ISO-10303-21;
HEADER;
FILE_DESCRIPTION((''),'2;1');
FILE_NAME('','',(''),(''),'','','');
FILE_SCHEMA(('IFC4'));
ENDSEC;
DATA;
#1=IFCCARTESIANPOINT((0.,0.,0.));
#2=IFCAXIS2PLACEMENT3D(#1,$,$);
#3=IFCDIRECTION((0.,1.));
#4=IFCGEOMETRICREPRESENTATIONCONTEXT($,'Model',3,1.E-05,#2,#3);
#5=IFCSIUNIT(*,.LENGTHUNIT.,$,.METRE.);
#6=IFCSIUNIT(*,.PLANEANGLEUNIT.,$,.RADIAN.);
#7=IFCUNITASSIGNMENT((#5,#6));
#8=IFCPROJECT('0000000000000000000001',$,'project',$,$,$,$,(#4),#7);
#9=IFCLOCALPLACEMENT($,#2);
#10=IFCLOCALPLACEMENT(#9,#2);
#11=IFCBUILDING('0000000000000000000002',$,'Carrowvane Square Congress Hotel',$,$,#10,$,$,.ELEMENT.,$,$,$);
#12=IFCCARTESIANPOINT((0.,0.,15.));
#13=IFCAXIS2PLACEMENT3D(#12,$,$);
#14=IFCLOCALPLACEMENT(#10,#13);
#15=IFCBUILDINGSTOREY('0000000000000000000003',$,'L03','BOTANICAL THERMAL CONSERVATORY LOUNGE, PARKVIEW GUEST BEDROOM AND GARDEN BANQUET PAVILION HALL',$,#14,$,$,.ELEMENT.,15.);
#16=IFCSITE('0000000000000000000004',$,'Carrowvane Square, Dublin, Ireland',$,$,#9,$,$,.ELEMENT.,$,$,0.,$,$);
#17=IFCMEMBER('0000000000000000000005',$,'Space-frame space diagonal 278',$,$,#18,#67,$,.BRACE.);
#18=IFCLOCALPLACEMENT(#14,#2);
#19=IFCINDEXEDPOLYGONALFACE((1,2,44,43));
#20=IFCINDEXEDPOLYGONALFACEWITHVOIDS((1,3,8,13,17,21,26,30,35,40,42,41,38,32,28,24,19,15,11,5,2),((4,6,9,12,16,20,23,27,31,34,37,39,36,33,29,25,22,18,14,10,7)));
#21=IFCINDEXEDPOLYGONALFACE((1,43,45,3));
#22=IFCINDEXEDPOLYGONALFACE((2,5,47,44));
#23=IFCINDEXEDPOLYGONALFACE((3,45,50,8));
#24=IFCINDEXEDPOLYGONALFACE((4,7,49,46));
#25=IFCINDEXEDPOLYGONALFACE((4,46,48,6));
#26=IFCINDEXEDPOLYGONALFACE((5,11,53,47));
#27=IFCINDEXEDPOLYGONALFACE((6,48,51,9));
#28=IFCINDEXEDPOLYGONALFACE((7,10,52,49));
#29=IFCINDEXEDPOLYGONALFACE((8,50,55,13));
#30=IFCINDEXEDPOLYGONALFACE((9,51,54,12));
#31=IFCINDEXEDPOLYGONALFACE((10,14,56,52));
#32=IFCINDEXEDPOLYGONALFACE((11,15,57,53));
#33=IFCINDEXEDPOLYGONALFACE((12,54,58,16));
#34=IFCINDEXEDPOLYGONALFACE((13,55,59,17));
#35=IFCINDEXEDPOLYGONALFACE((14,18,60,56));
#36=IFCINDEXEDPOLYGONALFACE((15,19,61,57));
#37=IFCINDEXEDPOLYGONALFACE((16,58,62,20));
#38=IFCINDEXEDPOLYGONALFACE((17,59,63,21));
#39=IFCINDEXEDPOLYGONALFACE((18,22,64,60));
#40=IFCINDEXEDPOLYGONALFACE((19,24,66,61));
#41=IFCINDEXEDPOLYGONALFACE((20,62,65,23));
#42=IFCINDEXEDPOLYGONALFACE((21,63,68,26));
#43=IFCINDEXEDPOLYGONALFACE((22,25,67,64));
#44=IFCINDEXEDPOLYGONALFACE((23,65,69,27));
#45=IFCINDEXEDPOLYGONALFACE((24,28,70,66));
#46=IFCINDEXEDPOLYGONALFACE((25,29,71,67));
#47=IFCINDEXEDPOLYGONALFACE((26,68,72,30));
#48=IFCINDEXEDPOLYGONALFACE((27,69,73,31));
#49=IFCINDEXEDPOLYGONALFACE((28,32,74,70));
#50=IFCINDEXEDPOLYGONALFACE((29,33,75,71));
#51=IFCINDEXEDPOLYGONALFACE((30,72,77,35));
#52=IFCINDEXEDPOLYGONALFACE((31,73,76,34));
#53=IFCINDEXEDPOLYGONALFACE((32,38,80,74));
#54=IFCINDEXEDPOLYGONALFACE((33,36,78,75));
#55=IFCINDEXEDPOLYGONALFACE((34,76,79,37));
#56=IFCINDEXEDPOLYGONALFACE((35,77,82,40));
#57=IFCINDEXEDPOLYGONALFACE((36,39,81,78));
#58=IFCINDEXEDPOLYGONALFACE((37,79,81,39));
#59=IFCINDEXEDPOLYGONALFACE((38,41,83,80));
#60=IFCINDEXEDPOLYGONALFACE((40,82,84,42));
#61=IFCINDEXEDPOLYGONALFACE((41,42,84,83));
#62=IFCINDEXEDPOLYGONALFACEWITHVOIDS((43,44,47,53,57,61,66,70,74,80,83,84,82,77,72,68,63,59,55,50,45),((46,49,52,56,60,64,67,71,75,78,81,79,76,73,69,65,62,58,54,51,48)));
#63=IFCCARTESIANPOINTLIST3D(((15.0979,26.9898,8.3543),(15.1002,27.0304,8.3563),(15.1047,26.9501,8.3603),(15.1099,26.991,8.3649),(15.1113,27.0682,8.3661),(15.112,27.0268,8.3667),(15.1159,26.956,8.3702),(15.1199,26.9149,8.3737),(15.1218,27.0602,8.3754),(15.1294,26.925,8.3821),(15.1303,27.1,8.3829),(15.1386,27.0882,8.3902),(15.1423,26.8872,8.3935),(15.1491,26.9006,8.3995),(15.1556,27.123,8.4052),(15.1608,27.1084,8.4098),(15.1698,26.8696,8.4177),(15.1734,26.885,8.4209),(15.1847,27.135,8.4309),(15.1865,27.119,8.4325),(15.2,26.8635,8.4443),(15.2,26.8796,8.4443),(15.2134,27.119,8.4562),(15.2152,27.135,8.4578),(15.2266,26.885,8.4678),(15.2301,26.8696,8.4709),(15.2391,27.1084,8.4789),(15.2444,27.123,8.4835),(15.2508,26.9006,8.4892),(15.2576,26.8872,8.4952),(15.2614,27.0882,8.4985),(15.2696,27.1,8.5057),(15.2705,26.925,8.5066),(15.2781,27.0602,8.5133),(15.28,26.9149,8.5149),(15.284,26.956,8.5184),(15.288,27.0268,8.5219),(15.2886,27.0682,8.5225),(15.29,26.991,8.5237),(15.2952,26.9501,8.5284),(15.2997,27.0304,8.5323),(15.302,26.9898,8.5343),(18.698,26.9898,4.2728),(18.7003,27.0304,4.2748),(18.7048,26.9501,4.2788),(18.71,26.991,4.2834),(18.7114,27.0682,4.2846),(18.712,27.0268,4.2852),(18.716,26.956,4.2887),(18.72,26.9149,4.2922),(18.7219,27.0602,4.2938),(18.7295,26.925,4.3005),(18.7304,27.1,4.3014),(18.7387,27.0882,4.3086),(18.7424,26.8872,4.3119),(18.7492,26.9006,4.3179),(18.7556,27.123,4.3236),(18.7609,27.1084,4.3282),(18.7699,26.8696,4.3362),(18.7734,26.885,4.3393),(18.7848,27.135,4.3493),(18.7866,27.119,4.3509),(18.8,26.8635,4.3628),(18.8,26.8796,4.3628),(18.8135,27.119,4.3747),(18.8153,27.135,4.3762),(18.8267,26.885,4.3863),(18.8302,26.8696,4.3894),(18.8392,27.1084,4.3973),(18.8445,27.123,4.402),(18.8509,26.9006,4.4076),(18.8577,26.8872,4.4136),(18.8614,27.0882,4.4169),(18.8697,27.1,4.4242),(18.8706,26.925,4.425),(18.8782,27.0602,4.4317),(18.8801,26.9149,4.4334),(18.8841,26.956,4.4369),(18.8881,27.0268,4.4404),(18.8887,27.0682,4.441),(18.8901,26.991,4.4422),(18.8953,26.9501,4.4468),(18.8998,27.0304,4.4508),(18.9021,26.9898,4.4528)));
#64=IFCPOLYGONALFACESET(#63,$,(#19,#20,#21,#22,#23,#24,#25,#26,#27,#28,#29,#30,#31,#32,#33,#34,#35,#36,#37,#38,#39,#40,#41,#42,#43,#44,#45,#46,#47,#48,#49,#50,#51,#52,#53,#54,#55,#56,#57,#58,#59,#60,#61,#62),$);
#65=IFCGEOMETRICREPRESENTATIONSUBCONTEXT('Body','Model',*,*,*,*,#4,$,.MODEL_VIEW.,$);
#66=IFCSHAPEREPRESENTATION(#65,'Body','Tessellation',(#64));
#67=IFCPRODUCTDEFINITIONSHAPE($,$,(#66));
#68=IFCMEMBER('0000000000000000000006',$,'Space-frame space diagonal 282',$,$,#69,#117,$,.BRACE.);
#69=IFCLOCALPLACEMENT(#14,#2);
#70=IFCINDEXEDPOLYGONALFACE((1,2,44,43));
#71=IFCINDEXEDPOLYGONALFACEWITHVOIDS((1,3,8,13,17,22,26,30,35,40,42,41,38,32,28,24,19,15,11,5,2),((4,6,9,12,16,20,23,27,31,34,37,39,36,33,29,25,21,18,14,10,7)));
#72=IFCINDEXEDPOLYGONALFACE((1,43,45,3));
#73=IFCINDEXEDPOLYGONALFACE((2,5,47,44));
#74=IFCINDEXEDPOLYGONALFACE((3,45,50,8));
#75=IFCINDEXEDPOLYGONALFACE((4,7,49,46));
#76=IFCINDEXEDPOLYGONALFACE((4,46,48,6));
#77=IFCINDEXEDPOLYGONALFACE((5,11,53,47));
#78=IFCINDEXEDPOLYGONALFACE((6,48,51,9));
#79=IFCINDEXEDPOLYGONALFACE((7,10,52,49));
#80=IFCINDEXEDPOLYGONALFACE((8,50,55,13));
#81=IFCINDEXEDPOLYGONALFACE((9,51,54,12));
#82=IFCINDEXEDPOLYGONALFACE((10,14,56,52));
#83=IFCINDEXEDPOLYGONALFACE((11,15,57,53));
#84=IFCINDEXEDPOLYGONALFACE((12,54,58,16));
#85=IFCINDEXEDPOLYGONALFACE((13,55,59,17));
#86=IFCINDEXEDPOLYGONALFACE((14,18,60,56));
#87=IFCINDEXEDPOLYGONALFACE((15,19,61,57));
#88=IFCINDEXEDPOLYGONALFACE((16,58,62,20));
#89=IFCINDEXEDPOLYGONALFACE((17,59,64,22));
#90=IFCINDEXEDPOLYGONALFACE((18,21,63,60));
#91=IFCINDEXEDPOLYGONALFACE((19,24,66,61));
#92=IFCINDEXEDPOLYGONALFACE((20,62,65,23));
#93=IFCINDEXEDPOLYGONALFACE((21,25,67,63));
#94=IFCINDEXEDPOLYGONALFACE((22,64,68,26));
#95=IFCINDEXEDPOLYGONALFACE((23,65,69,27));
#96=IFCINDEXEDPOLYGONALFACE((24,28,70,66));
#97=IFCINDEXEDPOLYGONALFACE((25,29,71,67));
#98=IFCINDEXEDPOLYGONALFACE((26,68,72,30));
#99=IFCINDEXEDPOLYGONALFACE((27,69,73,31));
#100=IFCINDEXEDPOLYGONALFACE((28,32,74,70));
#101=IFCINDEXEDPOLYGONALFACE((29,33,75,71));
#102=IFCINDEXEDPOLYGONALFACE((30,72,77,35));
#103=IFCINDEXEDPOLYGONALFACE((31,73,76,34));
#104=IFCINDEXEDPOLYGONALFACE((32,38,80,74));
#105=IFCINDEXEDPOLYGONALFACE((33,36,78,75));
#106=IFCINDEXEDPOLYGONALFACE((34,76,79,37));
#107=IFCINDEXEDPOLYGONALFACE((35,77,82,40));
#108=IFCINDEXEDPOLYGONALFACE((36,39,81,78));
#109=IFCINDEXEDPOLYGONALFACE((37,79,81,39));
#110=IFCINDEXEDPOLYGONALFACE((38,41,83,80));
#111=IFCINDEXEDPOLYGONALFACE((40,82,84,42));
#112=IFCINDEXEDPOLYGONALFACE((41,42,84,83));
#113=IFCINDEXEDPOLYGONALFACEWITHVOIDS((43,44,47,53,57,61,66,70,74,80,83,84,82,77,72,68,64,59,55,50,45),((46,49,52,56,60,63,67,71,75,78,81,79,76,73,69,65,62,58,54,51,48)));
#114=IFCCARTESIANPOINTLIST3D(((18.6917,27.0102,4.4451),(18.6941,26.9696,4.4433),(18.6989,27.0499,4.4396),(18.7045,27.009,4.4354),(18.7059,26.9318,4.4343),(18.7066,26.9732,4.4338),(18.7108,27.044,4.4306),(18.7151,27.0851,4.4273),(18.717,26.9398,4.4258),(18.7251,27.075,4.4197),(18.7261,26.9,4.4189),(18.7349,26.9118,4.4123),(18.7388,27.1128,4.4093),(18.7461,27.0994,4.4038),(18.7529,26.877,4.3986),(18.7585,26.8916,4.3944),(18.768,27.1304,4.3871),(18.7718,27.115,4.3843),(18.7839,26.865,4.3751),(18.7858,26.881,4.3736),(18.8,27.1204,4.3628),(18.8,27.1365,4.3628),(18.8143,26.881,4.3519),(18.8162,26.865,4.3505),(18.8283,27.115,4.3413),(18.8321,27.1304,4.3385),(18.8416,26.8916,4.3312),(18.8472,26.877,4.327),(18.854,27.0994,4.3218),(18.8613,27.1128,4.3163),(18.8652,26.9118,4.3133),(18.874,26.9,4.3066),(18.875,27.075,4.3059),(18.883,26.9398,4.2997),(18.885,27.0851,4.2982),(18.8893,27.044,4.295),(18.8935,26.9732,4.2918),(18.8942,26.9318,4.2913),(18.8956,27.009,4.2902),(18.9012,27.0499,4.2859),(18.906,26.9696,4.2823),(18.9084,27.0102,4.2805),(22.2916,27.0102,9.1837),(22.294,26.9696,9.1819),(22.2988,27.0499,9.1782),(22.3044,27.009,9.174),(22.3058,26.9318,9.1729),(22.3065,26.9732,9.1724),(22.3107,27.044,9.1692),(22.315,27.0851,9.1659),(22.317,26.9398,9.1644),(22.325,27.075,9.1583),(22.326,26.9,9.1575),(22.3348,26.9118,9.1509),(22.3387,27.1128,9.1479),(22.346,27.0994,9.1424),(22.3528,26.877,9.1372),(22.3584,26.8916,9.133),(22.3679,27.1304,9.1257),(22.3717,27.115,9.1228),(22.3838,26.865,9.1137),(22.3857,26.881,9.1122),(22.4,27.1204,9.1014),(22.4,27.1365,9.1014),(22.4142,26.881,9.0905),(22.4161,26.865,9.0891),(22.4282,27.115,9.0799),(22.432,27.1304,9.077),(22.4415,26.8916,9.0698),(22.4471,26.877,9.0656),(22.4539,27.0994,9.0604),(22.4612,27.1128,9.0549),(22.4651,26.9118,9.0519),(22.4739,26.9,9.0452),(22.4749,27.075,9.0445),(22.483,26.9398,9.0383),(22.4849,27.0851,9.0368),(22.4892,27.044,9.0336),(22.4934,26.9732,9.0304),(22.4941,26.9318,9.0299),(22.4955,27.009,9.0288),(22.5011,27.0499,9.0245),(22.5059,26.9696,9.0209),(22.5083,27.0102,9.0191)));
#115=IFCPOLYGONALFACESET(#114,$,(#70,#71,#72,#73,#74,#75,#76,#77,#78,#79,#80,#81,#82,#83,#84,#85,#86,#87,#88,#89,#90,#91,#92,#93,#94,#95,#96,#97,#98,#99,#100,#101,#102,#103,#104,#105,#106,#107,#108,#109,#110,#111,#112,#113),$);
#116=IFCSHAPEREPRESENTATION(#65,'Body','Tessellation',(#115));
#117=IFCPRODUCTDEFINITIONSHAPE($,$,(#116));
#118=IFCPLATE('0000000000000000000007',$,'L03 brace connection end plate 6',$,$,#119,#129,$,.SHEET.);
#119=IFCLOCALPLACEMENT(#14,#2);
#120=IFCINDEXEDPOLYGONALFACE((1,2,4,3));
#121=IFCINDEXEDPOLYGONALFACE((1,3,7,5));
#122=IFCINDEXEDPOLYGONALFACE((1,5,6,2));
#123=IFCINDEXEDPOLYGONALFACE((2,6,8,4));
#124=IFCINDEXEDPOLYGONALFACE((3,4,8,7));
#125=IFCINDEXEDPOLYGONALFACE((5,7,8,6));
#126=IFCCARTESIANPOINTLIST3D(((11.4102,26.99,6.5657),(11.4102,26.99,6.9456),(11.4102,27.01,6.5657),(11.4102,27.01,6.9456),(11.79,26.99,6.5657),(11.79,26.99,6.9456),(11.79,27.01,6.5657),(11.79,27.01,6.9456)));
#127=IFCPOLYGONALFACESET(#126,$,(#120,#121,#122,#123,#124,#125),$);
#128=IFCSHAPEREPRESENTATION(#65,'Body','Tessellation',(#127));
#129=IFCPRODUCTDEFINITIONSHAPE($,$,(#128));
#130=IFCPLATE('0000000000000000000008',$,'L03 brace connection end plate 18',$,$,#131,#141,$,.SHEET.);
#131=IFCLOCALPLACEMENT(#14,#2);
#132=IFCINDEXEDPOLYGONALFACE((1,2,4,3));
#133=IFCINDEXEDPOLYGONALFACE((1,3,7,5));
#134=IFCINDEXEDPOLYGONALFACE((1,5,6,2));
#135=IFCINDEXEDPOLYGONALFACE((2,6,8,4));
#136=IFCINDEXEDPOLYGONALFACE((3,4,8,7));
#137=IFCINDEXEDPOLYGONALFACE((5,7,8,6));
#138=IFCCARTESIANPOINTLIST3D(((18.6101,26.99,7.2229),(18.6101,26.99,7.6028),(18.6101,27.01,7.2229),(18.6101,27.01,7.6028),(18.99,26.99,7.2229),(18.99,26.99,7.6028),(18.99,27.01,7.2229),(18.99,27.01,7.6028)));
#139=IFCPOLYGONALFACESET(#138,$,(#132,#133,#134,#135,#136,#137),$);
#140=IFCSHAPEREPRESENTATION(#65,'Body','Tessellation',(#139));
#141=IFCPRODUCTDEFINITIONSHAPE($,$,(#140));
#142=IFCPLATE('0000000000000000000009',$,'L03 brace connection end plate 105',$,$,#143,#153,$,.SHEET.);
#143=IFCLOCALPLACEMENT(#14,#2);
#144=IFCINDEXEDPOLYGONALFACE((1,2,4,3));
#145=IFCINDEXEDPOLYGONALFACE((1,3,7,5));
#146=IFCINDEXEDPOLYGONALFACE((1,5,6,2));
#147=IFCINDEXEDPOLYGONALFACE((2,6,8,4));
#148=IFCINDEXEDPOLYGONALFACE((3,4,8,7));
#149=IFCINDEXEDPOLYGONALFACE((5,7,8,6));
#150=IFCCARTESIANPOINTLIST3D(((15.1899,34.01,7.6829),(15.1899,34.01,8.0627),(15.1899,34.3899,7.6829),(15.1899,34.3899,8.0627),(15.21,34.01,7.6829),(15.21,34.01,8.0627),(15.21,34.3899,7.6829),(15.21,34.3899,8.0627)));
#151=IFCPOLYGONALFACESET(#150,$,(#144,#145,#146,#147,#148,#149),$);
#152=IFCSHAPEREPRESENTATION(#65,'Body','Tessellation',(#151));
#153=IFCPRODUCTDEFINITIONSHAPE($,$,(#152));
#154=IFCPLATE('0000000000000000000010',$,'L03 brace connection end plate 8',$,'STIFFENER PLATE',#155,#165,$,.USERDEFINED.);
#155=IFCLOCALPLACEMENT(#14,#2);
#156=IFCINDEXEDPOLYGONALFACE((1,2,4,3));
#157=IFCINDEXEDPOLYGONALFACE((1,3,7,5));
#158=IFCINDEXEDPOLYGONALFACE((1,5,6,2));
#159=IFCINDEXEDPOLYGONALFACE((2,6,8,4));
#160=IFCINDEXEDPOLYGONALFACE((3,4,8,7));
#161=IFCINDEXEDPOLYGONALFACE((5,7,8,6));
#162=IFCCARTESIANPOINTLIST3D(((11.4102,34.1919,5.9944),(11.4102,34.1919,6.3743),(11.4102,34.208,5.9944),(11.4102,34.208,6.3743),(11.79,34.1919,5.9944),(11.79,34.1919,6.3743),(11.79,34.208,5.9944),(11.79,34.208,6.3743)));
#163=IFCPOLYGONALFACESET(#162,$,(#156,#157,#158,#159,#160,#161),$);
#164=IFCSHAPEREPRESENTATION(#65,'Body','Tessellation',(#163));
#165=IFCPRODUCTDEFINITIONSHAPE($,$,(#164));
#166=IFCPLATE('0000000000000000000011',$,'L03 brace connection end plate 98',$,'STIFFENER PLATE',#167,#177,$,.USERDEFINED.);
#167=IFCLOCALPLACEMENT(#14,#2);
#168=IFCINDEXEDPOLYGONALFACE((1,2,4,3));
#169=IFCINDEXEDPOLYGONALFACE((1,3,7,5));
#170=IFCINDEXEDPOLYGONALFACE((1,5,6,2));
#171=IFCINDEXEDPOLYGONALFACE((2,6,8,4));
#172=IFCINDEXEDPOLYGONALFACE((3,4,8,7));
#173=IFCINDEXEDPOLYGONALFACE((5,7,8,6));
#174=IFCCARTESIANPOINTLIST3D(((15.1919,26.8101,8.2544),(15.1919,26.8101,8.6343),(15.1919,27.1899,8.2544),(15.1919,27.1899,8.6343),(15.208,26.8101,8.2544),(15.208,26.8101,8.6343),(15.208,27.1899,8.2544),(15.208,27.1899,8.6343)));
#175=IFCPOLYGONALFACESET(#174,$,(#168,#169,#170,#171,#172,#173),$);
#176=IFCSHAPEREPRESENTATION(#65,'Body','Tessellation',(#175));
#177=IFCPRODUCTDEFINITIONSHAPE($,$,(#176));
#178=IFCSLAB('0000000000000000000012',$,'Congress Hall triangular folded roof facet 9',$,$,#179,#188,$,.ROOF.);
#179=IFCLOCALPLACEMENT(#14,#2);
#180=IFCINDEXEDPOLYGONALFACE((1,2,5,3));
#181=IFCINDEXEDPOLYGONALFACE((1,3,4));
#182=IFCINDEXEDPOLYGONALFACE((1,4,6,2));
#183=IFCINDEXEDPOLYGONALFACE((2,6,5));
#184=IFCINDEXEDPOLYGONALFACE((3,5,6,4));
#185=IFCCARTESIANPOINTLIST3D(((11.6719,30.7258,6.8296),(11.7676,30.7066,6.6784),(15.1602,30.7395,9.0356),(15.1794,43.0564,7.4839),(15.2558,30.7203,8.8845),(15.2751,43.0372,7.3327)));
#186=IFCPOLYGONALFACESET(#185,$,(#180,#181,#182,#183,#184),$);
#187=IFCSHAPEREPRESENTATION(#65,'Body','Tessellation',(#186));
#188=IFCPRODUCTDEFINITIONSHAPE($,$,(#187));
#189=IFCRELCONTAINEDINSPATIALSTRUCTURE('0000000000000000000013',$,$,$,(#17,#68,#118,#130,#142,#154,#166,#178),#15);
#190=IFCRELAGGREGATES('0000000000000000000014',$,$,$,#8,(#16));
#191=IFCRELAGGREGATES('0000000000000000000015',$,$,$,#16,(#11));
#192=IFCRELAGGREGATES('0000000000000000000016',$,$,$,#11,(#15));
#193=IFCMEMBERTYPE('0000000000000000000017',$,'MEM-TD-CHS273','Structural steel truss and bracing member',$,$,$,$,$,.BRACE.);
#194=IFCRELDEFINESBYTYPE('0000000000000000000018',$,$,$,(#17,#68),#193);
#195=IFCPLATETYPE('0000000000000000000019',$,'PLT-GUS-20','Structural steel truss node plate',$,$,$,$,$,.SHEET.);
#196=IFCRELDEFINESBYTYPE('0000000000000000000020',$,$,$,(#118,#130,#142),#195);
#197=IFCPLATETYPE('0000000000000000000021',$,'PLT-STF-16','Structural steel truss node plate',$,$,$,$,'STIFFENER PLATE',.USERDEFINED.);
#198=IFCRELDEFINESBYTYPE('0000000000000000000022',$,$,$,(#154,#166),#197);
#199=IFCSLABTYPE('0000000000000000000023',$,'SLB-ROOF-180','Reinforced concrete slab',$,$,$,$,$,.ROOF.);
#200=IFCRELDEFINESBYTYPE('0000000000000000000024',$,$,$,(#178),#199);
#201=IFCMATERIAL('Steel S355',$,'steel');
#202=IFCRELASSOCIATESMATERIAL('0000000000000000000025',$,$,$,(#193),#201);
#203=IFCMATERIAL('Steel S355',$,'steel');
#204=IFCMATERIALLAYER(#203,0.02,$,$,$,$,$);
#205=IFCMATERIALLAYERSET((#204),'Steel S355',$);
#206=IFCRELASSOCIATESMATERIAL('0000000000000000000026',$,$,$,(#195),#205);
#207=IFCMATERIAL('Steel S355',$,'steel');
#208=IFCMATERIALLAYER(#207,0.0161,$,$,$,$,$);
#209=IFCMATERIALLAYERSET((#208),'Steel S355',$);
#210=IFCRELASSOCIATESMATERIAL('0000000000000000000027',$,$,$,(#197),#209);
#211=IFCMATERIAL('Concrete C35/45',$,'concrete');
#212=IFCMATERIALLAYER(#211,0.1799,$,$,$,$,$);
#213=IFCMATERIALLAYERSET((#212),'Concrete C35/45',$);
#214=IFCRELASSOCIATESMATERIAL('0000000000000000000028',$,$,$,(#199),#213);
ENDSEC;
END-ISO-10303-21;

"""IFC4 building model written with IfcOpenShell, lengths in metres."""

from ifc_helpers import new_model, si_unit, direction, frame, origin, origin_2d, place, context, subcontext, project, spatial, polyline, rectangle, hollow_circle, outline, extrude, material, layer, layer_set, material_profile, profile_set, type_object, element, save


model = new_model("IFC4")

# Units and contexts
model_context = context("Model", 3, precision=1e-05, world=origin(), true_north=direction((0.0, 1.0)))
body_context = subcontext(model_context, "Body", "Model", "MODEL_VIEW")
ifc_project = project(units=[si_unit("LENGTHUNIT", "METRE"), si_unit("PLANEANGLEUNIT", "RADIAN")], contexts=[model_context])

# Site, building, storey
site_placement = place(None, origin())
site = spatial("IfcSite", under=ifc_project, at=site_placement, Name="Carrowvane Square, Dublin, Ireland", CompositionType="ELEMENT", RefElevation=0.0)
building_placement = place(site_placement, origin())
building = spatial("IfcBuilding", under=site, at=building_placement, Name="Carrowvane Square Congress Hotel", CompositionType="ELEMENT")
storey_placement = place(building_placement, frame((0.0, 0.0, 15.0)))
storey = spatial("IfcBuildingStorey", under=building, at=storey_placement, Name="L03", Description="BOTANICAL THERMAL CONSERVATORY LOUNGE, PARKVIEW GUEST BEDROOM AND GARDEN BANQUET PAVILION HALL", CompositionType="ELEMENT", Elevation=15.0)

# Members
ifc_material_1 = material(Name="Steel S355", Category="steel")
ifc_material_profile_1 = material_profile(ifc_material_1, hollow_circle(Radius=0.1365, WallThickness=0.0161, at=origin_2d()), Name="CHS 273.0x16")
ifc_profile_set_1 = profile_set([ifc_material_profile_1], Name="Steel S355")
member_type_1 = type_object("IfcMemberType", Name="MEM-TD-CHS273", Description="Structural steel truss and bracing member", PredefinedType="BRACE", material=ifc_profile_set_1)
member_1_placement = place(storey_placement, frame((18.8, 27.0, 4.3628), z_axis=(-0.661491, 0.0, 0.749953), x_axis=(0.0, -1.0, 0.0)))
element("IfcMember", 1, at=member_1_placement, inside=storey, type_object=member_type_1, Name="Space-frame space diagonal 278", PredefinedType="BRACE", context=body_context, shape_type="SweptSolid", body=[
    extrude(hollow_circle(Radius=0.1365, WallThickness=0.0161, at=origin_2d()), origin(), (0.0, 0.0, 1.0), 5.4424),
])
member_2_placement = place(storey_placement, frame((18.8, 27.0, 4.3628), z_axis=(0.604931, 0.0, 0.796278), x_axis=(0.0, 1.0, 0.0)))
element("IfcMember", 2, at=member_2_placement, inside=storey, type_object=member_type_1, Name="Space-frame space diagonal 282", PredefinedType="BRACE", context=body_context, shape_type="SweptSolid", body=[
    extrude(hollow_circle(Radius=0.1365, WallThickness=0.0161, at=origin_2d()), origin(), (0.0, 0.0, 1.0), 5.9509),
])

# Plates
ifc_material_2 = material(Name="Steel S355", Category="steel")
ifc_layer_1 = layer(ifc_material_2, 0.02)
ifc_layer_set_1 = layer_set([ifc_layer_1], Name="Steel S355")
plate_type_1 = type_object("IfcPlateType", Name="PLT-GUS-20", Description="Structural steel truss node plate", PredefinedType="SHEET", material=ifc_layer_set_1)
for number, where, z_axis, x_axis, name in (
    (3, (11.6001, 27.0, 6.5657), (0.0, 0.0, 1.0), (1.0, 0.0, 0.0), "L03 brace connection end plate 6"),
    (4, (18.8, 27.0, 7.2229), (0.0, 0.0, 1.0), (1.0, 0.0, 0.0), "L03 brace connection end plate 18"),
):
    element("IfcPlate", number, at=place(storey_placement, frame(where, z_axis=z_axis, x_axis=x_axis)), inside=storey, type_object=plate_type_1, Name=name, PredefinedType="SHEET", context=body_context, shape_type="SweptSolid", body=[
        extrude(rectangle(XDim=0.3799, YDim=0.02, at=origin_2d()), origin(), (0.0, 0.0, 1.0), 0.3799),
    ])
plate_1_placement = place(storey_placement, frame((15.2, 34.2, 7.6829), z_axis=(0.0, 0.0, 1.0), x_axis=(1.0, 0.0, 0.0)))
element("IfcPlate", 5, at=plate_1_placement, inside=storey, type_object=plate_type_1, Name="L03 brace connection end plate 105", PredefinedType="SHEET", context=body_context, shape_type="SweptSolid", body=[
    extrude(rectangle(XDim=0.02, YDim=0.3799, at=origin_2d()), origin(), (0.0, 0.0, 1.0), 0.3799),
])
ifc_material_3 = material(Name="Steel S355", Category="steel")
ifc_layer_2 = layer(ifc_material_3, 0.0161)
ifc_layer_set_2 = layer_set([ifc_layer_2], Name="Steel S355")
plate_type_2 = type_object("IfcPlateType", Name="PLT-STF-16", Description="Structural steel truss node plate", ElementType="STIFFENER PLATE", PredefinedType="USERDEFINED", material=ifc_layer_set_2)
plate_2_placement = place(storey_placement, frame((11.6001, 34.2, 5.9944), z_axis=(0.0, 0.0, 1.0), x_axis=(1.0, 0.0, 0.0)))
element("IfcPlate", 6, at=plate_2_placement, inside=storey, type_object=plate_type_2, Name="L03 brace connection end plate 8", ObjectType="STIFFENER PLATE", PredefinedType="USERDEFINED", context=body_context, shape_type="SweptSolid", body=[
    extrude(rectangle(XDim=0.3799, YDim=0.0161, at=origin_2d()), origin(), (0.0, 0.0, 1.0), 0.3799),
])
plate_3_placement = place(storey_placement, frame((15.2, 27.0, 8.2544), z_axis=(0.0, 0.0, 1.0), x_axis=(1.0, 0.0, 0.0)))
element("IfcPlate", 7, at=plate_3_placement, inside=storey, type_object=plate_type_2, Name="L03 brace connection end plate 98", ObjectType="STIFFENER PLATE", PredefinedType="USERDEFINED", context=body_context, shape_type="SweptSolid", body=[
    extrude(rectangle(XDim=0.0161, YDim=0.3799, at=origin_2d()), origin(), (0.0, 0.0, 1.0), 0.3799),
])

# Slab
ifc_material_4 = material(Name="Concrete C35/45", Category="concrete")
ifc_layer_3 = layer(ifc_material_4, 0.1799)
ifc_layer_set_3 = layer_set([ifc_layer_3], Name="Concrete C35/45")
slab_type = type_object("IfcSlabType", Name="SLB-ROOF-180", Description="Reinforced concrete slab", PredefinedType="ROOF", material=ifc_layer_set_3)
slab_1_placement = place(storey_placement, frame((11.6719, 30.7258, 6.8296), z_axis=(-0.531749, 0.106681, 0.840156), x_axis=(0.845164, 0.003313, 0.534497)))
element("IfcSlab", 8, at=slab_1_placement, inside=storey, type_object=slab_type, Name="Congress Hall triangular folded roof facet 9", PredefinedType="ROOF", context=body_context, shape_type="SweptSolid", body=[
    extrude(outline(polyline([(0.0, 0.0), (4.1273, 0.0), (3.355, 12.3902), (0.0, 0.0)])), origin(), (0.0, 0.0, -1.0), 0.1799),
])

save(model, "model.ifc")
